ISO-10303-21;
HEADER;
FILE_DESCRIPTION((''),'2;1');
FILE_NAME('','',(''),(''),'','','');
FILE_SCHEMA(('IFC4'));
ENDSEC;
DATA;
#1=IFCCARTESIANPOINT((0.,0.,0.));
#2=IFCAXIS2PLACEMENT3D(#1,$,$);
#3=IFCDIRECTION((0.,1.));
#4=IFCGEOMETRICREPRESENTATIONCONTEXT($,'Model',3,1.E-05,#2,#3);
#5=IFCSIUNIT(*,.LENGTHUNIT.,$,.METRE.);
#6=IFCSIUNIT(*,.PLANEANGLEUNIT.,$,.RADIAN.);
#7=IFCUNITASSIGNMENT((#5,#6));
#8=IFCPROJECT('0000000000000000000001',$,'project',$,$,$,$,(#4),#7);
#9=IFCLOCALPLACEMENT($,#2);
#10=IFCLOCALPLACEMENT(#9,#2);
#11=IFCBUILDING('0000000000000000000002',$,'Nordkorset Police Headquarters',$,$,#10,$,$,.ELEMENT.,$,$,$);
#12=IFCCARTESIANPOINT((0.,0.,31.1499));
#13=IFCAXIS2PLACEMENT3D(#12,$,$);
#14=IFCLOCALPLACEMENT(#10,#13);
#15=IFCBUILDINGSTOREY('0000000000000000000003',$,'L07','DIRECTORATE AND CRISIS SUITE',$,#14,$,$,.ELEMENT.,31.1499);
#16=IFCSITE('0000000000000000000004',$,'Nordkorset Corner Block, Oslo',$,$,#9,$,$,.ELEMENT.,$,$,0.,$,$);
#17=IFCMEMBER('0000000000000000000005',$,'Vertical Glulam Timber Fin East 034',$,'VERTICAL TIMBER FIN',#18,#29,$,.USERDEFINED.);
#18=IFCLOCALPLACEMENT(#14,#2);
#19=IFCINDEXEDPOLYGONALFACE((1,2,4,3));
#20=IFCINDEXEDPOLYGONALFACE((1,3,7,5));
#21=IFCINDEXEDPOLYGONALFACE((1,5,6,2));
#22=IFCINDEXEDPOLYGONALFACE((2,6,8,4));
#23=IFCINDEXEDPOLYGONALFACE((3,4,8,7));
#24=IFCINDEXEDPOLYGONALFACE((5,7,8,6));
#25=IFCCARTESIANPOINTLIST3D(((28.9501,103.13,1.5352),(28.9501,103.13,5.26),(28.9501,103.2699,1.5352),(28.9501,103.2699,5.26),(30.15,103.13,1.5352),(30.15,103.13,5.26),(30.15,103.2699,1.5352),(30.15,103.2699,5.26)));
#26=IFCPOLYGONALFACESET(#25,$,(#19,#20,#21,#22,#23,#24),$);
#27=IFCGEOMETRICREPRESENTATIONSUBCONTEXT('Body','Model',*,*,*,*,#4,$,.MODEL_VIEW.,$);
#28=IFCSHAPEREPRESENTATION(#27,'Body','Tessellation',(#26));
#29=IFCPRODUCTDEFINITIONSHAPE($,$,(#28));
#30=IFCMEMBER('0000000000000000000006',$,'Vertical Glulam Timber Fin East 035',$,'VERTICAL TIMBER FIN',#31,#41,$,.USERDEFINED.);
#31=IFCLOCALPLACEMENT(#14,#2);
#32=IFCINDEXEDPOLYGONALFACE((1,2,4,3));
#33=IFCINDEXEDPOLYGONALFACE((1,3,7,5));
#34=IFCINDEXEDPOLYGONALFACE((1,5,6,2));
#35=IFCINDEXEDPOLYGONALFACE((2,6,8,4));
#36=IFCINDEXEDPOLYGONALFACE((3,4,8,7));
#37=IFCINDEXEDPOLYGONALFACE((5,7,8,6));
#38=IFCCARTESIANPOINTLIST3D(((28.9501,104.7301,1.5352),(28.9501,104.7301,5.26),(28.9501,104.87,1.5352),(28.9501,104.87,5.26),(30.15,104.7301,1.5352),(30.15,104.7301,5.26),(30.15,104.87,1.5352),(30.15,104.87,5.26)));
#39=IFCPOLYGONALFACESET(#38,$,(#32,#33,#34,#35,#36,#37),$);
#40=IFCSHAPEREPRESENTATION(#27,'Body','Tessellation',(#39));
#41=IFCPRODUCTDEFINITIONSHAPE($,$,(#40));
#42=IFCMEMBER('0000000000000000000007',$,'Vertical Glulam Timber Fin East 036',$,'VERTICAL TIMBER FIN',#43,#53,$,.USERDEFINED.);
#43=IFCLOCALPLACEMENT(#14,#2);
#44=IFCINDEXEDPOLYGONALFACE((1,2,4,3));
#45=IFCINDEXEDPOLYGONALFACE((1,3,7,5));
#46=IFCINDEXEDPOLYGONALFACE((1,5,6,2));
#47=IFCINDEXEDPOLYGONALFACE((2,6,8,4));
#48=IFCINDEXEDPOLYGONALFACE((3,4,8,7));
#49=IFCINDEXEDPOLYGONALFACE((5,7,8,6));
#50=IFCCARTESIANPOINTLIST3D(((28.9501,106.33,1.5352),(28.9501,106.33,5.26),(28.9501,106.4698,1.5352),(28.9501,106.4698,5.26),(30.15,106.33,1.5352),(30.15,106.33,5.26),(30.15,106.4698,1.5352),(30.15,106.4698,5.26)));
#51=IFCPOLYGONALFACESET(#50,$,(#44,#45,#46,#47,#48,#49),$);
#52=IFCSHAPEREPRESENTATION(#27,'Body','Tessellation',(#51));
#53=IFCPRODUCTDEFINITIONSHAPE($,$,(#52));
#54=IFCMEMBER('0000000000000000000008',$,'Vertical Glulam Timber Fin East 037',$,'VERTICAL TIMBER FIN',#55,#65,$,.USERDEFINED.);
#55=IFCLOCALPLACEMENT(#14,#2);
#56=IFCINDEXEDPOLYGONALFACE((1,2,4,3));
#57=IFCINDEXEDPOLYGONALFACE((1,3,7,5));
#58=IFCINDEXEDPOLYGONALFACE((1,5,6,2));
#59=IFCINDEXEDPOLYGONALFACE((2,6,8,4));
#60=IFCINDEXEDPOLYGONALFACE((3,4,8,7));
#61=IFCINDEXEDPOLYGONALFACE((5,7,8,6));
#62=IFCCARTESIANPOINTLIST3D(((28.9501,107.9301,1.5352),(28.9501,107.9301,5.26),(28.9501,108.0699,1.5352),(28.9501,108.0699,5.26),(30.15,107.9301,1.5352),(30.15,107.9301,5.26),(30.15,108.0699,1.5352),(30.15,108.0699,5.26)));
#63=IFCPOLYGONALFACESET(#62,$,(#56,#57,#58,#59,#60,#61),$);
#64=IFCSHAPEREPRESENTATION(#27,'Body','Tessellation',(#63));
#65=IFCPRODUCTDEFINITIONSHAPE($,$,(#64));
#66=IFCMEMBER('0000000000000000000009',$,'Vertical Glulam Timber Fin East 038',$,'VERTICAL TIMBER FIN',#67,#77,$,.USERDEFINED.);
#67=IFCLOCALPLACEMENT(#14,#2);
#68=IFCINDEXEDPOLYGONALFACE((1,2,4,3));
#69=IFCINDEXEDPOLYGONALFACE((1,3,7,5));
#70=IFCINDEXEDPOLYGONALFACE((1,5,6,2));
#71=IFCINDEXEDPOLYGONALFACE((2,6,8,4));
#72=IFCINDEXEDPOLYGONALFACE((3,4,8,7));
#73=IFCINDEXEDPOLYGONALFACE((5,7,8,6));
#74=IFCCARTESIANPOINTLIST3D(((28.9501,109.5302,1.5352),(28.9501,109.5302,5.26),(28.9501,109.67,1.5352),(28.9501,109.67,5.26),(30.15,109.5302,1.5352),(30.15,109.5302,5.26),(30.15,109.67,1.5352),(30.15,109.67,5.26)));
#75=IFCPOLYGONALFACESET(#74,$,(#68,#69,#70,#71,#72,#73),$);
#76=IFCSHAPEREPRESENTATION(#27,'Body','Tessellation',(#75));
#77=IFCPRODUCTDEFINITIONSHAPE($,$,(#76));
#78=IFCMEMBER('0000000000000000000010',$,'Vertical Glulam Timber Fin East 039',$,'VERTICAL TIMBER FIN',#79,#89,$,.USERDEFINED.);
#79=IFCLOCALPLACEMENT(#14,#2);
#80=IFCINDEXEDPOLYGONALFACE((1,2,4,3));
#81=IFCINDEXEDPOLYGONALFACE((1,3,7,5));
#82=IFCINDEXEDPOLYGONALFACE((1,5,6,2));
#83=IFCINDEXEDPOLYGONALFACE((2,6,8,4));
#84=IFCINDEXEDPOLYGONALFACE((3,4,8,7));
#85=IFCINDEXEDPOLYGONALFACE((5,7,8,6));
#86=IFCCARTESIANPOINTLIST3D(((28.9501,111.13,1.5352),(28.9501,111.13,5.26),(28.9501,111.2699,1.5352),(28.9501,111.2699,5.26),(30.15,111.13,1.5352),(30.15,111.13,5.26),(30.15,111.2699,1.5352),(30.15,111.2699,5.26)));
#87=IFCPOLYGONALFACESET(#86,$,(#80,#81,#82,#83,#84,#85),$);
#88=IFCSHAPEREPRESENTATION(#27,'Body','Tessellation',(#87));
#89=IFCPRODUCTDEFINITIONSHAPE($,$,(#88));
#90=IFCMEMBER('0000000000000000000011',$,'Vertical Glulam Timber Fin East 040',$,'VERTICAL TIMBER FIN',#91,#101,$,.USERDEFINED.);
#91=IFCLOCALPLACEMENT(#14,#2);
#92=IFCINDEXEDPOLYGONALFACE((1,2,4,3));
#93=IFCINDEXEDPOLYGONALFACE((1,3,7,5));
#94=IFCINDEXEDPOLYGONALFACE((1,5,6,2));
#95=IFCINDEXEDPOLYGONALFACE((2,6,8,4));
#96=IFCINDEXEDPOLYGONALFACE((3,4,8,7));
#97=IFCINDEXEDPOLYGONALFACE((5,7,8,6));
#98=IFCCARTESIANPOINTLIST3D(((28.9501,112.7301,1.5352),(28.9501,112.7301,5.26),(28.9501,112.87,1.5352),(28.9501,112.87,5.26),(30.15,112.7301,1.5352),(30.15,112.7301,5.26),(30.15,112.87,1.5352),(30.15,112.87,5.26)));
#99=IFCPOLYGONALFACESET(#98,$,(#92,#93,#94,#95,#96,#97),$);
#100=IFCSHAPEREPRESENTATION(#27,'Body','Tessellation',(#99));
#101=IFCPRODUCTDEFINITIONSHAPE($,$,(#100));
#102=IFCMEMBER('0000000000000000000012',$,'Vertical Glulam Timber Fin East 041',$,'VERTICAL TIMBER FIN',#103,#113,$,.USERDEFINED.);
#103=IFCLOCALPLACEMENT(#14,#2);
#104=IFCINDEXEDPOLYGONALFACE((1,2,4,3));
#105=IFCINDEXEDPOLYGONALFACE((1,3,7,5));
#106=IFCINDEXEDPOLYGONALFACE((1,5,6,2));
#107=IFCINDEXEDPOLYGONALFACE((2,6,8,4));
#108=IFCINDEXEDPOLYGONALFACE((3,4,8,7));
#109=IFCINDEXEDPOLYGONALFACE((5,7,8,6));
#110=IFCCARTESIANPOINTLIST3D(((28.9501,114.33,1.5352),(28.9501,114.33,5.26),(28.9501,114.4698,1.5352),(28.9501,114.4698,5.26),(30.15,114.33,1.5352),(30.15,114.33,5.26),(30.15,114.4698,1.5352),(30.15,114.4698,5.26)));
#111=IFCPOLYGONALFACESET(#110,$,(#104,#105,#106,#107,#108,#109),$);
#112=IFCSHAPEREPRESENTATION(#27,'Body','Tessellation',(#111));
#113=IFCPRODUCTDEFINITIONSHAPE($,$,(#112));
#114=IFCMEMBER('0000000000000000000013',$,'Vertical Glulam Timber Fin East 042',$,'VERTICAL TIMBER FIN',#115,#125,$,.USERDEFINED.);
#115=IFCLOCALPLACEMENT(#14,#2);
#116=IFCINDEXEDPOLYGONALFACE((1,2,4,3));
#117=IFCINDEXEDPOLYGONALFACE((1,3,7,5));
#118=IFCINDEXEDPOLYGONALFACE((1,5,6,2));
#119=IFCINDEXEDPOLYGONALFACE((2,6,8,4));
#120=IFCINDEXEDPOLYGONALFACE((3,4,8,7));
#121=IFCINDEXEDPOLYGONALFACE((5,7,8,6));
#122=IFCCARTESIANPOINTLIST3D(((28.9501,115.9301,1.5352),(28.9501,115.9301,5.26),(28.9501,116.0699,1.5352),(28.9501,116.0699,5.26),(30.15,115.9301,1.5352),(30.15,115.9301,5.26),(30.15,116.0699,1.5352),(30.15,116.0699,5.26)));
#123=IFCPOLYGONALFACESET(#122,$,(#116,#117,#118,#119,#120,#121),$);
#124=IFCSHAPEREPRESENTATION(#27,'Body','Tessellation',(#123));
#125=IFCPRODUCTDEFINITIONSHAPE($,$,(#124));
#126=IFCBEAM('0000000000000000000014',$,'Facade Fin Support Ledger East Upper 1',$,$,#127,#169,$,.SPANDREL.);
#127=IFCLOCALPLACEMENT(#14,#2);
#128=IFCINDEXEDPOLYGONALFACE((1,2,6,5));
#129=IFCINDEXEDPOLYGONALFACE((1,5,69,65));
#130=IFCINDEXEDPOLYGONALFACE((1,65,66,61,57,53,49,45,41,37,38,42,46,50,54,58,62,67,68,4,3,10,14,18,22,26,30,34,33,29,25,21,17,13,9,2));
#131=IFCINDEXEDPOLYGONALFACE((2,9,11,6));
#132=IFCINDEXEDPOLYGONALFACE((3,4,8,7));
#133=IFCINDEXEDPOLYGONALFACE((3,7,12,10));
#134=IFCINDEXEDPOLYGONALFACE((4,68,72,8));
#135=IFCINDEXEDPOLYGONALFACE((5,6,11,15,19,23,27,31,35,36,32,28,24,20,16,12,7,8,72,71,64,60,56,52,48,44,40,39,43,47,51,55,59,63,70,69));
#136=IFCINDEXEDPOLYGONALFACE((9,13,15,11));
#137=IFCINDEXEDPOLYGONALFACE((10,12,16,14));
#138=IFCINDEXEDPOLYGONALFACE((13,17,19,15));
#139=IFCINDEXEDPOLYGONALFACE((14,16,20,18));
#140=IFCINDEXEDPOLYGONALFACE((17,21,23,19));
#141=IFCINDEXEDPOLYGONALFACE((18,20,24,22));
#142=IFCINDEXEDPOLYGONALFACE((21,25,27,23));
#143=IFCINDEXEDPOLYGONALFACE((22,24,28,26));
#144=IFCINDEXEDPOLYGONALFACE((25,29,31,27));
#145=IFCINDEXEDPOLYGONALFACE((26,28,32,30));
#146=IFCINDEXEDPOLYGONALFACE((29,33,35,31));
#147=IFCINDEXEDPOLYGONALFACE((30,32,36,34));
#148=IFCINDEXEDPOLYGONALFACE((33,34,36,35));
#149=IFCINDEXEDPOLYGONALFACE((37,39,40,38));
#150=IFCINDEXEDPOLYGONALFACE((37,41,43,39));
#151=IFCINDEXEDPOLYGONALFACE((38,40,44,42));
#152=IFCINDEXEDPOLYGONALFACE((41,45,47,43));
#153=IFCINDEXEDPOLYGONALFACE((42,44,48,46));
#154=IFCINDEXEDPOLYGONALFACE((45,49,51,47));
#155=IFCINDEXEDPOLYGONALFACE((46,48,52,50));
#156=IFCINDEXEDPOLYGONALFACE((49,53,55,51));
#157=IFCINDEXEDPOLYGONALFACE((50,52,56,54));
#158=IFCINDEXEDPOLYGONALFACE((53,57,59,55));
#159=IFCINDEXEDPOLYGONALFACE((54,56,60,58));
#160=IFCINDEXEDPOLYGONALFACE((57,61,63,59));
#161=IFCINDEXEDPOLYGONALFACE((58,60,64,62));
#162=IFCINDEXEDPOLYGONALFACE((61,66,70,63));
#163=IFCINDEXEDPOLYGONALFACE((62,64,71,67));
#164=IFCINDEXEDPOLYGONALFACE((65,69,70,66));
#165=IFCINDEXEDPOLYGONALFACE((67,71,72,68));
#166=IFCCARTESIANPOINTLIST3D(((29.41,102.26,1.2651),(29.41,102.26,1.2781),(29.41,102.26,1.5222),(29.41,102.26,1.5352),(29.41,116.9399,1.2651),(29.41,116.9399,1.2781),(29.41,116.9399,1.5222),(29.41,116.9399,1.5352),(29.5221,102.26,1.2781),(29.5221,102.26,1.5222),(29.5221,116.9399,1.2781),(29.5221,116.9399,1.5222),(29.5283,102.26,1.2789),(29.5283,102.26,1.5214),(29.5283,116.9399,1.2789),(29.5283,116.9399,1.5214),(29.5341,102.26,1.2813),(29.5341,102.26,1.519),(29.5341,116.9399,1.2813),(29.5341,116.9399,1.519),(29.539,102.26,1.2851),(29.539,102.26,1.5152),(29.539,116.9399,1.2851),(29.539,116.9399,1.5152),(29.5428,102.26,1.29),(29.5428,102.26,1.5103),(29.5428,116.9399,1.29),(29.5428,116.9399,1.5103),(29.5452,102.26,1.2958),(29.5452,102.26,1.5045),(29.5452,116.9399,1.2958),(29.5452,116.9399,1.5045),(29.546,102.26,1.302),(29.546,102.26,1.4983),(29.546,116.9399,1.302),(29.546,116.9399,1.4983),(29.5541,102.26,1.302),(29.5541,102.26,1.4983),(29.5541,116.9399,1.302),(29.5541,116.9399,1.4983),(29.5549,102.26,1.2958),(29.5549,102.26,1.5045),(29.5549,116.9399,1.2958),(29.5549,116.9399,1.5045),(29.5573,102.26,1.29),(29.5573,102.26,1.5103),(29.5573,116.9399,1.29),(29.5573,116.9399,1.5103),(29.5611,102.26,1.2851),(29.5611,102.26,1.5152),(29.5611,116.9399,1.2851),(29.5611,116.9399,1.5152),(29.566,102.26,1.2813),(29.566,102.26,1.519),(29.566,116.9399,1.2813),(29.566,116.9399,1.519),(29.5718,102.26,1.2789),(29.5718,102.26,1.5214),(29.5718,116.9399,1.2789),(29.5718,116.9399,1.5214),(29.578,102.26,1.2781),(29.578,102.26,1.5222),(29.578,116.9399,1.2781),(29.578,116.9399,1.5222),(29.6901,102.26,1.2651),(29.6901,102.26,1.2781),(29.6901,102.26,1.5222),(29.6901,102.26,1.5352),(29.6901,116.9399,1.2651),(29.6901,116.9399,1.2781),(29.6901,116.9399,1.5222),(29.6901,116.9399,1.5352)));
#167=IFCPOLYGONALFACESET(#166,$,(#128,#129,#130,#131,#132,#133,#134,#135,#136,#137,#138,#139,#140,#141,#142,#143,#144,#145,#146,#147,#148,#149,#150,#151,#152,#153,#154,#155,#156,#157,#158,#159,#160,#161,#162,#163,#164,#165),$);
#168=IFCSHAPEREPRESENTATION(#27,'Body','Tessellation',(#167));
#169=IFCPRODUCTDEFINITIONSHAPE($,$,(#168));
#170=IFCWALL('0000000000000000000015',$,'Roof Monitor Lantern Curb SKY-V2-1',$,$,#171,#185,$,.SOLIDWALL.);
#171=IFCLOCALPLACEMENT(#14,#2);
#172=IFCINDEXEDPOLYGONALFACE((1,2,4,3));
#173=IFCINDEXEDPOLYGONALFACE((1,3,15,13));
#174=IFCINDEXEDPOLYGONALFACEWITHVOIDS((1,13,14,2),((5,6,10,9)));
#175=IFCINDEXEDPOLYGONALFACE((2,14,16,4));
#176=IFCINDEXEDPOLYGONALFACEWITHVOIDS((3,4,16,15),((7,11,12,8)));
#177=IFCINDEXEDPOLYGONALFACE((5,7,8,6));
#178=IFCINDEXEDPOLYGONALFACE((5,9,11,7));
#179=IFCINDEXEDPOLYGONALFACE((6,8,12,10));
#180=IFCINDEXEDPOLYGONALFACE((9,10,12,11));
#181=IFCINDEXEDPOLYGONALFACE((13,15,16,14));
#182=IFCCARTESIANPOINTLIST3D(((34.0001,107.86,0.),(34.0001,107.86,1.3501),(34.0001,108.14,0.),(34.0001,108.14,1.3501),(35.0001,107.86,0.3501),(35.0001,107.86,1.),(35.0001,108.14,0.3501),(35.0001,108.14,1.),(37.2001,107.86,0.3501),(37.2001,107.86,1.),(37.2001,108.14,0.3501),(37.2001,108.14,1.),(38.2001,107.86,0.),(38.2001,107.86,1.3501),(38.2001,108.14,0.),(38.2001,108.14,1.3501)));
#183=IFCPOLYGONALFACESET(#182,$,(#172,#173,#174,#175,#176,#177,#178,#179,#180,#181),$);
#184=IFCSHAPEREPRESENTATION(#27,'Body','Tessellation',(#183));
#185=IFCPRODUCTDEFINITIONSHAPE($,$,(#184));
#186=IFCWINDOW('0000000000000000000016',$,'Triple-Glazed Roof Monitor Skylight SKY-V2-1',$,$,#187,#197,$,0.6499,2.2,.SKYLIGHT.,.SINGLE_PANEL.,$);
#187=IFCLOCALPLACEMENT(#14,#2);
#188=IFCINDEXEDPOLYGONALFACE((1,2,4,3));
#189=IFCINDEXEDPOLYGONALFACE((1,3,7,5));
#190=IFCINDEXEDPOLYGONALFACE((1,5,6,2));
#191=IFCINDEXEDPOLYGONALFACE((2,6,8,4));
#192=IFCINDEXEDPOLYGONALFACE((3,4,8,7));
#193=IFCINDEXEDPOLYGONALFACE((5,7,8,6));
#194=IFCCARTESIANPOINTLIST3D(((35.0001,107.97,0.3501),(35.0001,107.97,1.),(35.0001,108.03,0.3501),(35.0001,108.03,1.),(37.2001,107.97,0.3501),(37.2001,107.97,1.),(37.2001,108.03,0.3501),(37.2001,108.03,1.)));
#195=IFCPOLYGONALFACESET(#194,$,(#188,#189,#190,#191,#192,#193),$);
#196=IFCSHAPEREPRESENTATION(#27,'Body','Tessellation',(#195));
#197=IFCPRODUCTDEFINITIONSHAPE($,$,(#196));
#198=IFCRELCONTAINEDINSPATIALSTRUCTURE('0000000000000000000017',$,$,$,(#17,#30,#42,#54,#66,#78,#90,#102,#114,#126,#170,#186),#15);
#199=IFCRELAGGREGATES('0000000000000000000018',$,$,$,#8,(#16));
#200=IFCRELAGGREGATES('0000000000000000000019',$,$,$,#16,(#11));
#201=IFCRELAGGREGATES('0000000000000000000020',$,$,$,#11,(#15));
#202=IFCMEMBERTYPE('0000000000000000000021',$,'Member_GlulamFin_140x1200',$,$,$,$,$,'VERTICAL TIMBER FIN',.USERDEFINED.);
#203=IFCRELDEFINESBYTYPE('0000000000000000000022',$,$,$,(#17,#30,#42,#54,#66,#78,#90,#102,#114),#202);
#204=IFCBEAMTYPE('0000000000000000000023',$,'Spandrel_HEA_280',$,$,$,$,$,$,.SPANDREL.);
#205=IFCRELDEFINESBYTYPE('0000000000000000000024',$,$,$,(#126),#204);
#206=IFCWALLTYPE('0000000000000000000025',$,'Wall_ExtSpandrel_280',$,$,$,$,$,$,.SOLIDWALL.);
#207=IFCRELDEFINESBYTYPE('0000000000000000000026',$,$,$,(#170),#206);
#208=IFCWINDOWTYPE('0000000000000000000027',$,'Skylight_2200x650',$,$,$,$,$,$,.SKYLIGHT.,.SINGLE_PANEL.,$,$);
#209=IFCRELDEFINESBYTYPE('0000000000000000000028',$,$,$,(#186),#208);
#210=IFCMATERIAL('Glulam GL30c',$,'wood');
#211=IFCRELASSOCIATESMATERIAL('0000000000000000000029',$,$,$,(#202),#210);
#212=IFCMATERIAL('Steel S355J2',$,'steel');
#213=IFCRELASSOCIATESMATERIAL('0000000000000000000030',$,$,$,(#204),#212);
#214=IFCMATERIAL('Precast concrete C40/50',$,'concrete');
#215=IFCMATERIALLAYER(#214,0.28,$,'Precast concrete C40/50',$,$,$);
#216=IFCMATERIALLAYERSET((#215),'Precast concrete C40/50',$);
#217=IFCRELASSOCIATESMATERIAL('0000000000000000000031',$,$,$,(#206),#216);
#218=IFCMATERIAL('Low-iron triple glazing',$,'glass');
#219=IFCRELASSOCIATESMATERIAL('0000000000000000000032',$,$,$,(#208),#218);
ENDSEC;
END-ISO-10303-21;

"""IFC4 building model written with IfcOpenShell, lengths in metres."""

from ifc_helpers import new_model, si_unit, direction, frame, frame_2d, origin, origin_2d, place, context, subcontext, project, spatial, rectangle, i_section, extrude, material, layer, layer_set, material_profile, profile_set, type_object, element, fill, save


model = new_model("IFC4")

# Units and contexts
model_context = context("Model", 3, precision=1e-05, world=origin(), true_north=direction((0.0, 1.0)))
body_context = subcontext(model_context, "Body", "Model", "MODEL_VIEW")
ifc_project = project(units=[si_unit("LENGTHUNIT", "METRE"), si_unit("PLANEANGLEUNIT", "RADIAN")], contexts=[model_context])

# Site, building, storey
site_placement = place(None, origin())
site = spatial("IfcSite", under=ifc_project, at=site_placement, Name="Nordkorset Corner Block, Oslo", CompositionType="ELEMENT", RefElevation=0.0)
building_placement = place(site_placement, origin())
building = spatial("IfcBuilding", under=site, at=building_placement, Name="Nordkorset Police Headquarters", CompositionType="ELEMENT")
storey_placement = place(building_placement, frame((0.0, 0.0, 31.1499)))
storey = spatial("IfcBuildingStorey", under=building, at=storey_placement, Name="L07", Description="DIRECTORATE AND CRISIS SUITE", CompositionType="ELEMENT", Elevation=31.1499)

# Members
ifc_material_1 = material(Name="Glulam GL30c", Category="wood")
ifc_material_profile_1 = material_profile(ifc_material_1, rectangle(XDim=0.1399, YDim=1.2, at=origin_2d()), Name="GL30C FIN 140x1200")
ifc_profile_set_1 = profile_set([ifc_material_profile_1], Name="Glulam GL30c")
member_type = type_object("IfcMemberType", Name="Member_GlulamFin_140x1200", ElementType="VERTICAL TIMBER FIN", PredefinedType="USERDEFINED", material=ifc_profile_set_1)
for number, where, z_axis, x_axis, name in (
    (1, (29.55, 103.2, 1.5352), (0.0, 0.0, 1.0), (0.0, 1.0, 0.0), "Vertical Glulam Timber Fin East 034"),
    (2, (29.55, 104.8, 1.5352), (0.0, 0.0, 1.0), (0.0, 1.0, 0.0), "Vertical Glulam Timber Fin East 035"),
    (3, (29.55, 106.3999, 1.5352), (0.0, 0.0, 1.0), (0.0, 1.0, 0.0), "Vertical Glulam Timber Fin East 036"),
    (4, (29.55, 108.0, 1.5352), (0.0, 0.0, 1.0), (0.0, 1.0, 0.0), "Vertical Glulam Timber Fin East 037"),
    (5, (29.55, 109.6001, 1.5352), (0.0, 0.0, 1.0), (0.0, 1.0, 0.0), "Vertical Glulam Timber Fin East 038"),
    (6, (29.55, 111.2, 1.5352), (0.0, 0.0, 1.0), (0.0, 1.0, 0.0), "Vertical Glulam Timber Fin East 039"),
    (7, (29.55, 112.8, 1.5352), (0.0, 0.0, 1.0), (0.0, 1.0, 0.0), "Vertical Glulam Timber Fin East 040"),
    (8, (29.55, 114.3999, 1.5352), (0.0, 0.0, 1.0), (0.0, 1.0, 0.0), "Vertical Glulam Timber Fin East 041"),
    (9, (29.55, 116.0, 1.5352), (0.0, 0.0, 1.0), (0.0, 1.0, 0.0), "Vertical Glulam Timber Fin East 042"),
):
    element("IfcMember", number, at=place(storey_placement, frame(where, z_axis=z_axis, x_axis=x_axis)), inside=storey, type_object=member_type, Name=name, ObjectType="VERTICAL TIMBER FIN", PredefinedType="USERDEFINED", context=body_context, shape_type="SweptSolid", body=[
        extrude(rectangle(XDim=0.1399, YDim=1.2, at=origin_2d()), origin(), (0.0, 0.0, 1.0), 3.7249),
    ])

# Beam
ifc_material_2 = material(Name="Steel S355J2", Category="steel")
ifc_material_profile_2 = material_profile(ifc_material_2, i_section(OverallWidth=0.28, OverallDepth=0.27, WebThickness=0.0081, FlangeThickness=0.0129, FilletRadius=0.0239, at=origin_2d()), Name="HEA 280")
ifc_profile_set_2 = profile_set([ifc_material_profile_2], Name="Steel S355J2")
beam_type = type_object("IfcBeamType", Name="Spandrel_HEA_280", PredefinedType="SPANDREL", material=ifc_profile_set_2)
beam_placement = place(storey_placement, frame((29.55, 102.26, 1.4001), z_axis=(0.0, 1.0, 0.0), x_axis=(-1.0, 0.0, 0.0)))
element("IfcBeam", 10, at=beam_placement, inside=storey, type_object=beam_type, Name="Facade Fin Support Ledger East Upper 1", PredefinedType="SPANDREL", context=body_context, shape_type="SweptSolid", body=[
    extrude(i_section(OverallWidth=0.28, OverallDepth=0.27, WebThickness=0.0081, FlangeThickness=0.0129, FilletRadius=0.0239, at=origin_2d()), origin(), (0.0, 0.0, 1.0), 14.6799),
])

# Wall, opening, window
ifc_material_3 = material(Name="Precast concrete C40/50", Category="concrete")
ifc_layer_1 = layer(ifc_material_3, 0.28, Name="Precast concrete C40/50")
ifc_layer_set_1 = layer_set([ifc_layer_1], Name="Precast concrete C40/50")
wall_type_1 = type_object("IfcWallType", Name="Wall_ExtSpandrel_280", PredefinedType="SOLIDWALL", material=ifc_layer_set_1)
wall_1_placement = place(storey_placement, frame((34.0, 108.0, 0.0), z_axis=(0.0, 0.0, 1.0), x_axis=(1.0, 0.0, 0.0)))
wall_1 = element("IfcWall", 11, at=wall_1_placement, inside=storey, type_object=wall_type_1, Name="Roof Monitor Lantern Curb SKY-V2-1", PredefinedType="SOLIDWALL", context=body_context, shape_type="SweptSolid", body=[
    extrude(rectangle(XDim=4.2, YDim=0.28, at=frame_2d((2.1001, 0.0))), origin(), (0.0, 0.0, 1.0), 1.3501),
])
opening_1_placement = place(wall_1_placement, frame((1.0, 0.0, 0.3501)))
opening_1 = element("IfcOpeningElement", 12, at=opening_1_placement, cuts=wall_1, PredefinedType="OPENING", context=body_context, shape_type="SweptSolid", body=[
    extrude(rectangle(XDim=2.2, YDim=0.6499, at=frame_2d((1.1001, 0.325))), frame((0.0, 0.1499, 0.0), z_axis=(0.0, -1.0, 0.0), x_axis=(1.0, 0.0, 0.0)), (0.0, 0.0, 1.0), 0.3),
])
ifc_material_4 = material(Name="Low-iron triple glazing", Category="glass")
window_type_1 = type_object("IfcWindowType", Name="Skylight_2200x650", PartitioningType="SINGLE_PANEL", PredefinedType="SKYLIGHT", material=ifc_material_4)
window_1_placement = place(opening_1_placement, origin())
window_1 = element("IfcWindow", 13, at=window_1_placement, inside=storey, type_object=window_type_1, Name="Triple-Glazed Roof Monitor Skylight SKY-V2-1", OverallHeight=0.6499, OverallWidth=2.2, PartitioningType="SINGLE_PANEL", PredefinedType="SKYLIGHT", context=body_context, shape_type="SweptSolid", body=[
    extrude(rectangle(XDim=2.2, YDim=0.6499, at=frame_2d((1.1001, 0.325))), frame((0.0, 0.03, 0.0), z_axis=(0.0, -1.0, 0.0), x_axis=(1.0, 0.0, 0.0)), (0.0, 0.0, 1.0), 0.0601),
])
fill(opening_1, window_1)

save(model, "model.ifc")
